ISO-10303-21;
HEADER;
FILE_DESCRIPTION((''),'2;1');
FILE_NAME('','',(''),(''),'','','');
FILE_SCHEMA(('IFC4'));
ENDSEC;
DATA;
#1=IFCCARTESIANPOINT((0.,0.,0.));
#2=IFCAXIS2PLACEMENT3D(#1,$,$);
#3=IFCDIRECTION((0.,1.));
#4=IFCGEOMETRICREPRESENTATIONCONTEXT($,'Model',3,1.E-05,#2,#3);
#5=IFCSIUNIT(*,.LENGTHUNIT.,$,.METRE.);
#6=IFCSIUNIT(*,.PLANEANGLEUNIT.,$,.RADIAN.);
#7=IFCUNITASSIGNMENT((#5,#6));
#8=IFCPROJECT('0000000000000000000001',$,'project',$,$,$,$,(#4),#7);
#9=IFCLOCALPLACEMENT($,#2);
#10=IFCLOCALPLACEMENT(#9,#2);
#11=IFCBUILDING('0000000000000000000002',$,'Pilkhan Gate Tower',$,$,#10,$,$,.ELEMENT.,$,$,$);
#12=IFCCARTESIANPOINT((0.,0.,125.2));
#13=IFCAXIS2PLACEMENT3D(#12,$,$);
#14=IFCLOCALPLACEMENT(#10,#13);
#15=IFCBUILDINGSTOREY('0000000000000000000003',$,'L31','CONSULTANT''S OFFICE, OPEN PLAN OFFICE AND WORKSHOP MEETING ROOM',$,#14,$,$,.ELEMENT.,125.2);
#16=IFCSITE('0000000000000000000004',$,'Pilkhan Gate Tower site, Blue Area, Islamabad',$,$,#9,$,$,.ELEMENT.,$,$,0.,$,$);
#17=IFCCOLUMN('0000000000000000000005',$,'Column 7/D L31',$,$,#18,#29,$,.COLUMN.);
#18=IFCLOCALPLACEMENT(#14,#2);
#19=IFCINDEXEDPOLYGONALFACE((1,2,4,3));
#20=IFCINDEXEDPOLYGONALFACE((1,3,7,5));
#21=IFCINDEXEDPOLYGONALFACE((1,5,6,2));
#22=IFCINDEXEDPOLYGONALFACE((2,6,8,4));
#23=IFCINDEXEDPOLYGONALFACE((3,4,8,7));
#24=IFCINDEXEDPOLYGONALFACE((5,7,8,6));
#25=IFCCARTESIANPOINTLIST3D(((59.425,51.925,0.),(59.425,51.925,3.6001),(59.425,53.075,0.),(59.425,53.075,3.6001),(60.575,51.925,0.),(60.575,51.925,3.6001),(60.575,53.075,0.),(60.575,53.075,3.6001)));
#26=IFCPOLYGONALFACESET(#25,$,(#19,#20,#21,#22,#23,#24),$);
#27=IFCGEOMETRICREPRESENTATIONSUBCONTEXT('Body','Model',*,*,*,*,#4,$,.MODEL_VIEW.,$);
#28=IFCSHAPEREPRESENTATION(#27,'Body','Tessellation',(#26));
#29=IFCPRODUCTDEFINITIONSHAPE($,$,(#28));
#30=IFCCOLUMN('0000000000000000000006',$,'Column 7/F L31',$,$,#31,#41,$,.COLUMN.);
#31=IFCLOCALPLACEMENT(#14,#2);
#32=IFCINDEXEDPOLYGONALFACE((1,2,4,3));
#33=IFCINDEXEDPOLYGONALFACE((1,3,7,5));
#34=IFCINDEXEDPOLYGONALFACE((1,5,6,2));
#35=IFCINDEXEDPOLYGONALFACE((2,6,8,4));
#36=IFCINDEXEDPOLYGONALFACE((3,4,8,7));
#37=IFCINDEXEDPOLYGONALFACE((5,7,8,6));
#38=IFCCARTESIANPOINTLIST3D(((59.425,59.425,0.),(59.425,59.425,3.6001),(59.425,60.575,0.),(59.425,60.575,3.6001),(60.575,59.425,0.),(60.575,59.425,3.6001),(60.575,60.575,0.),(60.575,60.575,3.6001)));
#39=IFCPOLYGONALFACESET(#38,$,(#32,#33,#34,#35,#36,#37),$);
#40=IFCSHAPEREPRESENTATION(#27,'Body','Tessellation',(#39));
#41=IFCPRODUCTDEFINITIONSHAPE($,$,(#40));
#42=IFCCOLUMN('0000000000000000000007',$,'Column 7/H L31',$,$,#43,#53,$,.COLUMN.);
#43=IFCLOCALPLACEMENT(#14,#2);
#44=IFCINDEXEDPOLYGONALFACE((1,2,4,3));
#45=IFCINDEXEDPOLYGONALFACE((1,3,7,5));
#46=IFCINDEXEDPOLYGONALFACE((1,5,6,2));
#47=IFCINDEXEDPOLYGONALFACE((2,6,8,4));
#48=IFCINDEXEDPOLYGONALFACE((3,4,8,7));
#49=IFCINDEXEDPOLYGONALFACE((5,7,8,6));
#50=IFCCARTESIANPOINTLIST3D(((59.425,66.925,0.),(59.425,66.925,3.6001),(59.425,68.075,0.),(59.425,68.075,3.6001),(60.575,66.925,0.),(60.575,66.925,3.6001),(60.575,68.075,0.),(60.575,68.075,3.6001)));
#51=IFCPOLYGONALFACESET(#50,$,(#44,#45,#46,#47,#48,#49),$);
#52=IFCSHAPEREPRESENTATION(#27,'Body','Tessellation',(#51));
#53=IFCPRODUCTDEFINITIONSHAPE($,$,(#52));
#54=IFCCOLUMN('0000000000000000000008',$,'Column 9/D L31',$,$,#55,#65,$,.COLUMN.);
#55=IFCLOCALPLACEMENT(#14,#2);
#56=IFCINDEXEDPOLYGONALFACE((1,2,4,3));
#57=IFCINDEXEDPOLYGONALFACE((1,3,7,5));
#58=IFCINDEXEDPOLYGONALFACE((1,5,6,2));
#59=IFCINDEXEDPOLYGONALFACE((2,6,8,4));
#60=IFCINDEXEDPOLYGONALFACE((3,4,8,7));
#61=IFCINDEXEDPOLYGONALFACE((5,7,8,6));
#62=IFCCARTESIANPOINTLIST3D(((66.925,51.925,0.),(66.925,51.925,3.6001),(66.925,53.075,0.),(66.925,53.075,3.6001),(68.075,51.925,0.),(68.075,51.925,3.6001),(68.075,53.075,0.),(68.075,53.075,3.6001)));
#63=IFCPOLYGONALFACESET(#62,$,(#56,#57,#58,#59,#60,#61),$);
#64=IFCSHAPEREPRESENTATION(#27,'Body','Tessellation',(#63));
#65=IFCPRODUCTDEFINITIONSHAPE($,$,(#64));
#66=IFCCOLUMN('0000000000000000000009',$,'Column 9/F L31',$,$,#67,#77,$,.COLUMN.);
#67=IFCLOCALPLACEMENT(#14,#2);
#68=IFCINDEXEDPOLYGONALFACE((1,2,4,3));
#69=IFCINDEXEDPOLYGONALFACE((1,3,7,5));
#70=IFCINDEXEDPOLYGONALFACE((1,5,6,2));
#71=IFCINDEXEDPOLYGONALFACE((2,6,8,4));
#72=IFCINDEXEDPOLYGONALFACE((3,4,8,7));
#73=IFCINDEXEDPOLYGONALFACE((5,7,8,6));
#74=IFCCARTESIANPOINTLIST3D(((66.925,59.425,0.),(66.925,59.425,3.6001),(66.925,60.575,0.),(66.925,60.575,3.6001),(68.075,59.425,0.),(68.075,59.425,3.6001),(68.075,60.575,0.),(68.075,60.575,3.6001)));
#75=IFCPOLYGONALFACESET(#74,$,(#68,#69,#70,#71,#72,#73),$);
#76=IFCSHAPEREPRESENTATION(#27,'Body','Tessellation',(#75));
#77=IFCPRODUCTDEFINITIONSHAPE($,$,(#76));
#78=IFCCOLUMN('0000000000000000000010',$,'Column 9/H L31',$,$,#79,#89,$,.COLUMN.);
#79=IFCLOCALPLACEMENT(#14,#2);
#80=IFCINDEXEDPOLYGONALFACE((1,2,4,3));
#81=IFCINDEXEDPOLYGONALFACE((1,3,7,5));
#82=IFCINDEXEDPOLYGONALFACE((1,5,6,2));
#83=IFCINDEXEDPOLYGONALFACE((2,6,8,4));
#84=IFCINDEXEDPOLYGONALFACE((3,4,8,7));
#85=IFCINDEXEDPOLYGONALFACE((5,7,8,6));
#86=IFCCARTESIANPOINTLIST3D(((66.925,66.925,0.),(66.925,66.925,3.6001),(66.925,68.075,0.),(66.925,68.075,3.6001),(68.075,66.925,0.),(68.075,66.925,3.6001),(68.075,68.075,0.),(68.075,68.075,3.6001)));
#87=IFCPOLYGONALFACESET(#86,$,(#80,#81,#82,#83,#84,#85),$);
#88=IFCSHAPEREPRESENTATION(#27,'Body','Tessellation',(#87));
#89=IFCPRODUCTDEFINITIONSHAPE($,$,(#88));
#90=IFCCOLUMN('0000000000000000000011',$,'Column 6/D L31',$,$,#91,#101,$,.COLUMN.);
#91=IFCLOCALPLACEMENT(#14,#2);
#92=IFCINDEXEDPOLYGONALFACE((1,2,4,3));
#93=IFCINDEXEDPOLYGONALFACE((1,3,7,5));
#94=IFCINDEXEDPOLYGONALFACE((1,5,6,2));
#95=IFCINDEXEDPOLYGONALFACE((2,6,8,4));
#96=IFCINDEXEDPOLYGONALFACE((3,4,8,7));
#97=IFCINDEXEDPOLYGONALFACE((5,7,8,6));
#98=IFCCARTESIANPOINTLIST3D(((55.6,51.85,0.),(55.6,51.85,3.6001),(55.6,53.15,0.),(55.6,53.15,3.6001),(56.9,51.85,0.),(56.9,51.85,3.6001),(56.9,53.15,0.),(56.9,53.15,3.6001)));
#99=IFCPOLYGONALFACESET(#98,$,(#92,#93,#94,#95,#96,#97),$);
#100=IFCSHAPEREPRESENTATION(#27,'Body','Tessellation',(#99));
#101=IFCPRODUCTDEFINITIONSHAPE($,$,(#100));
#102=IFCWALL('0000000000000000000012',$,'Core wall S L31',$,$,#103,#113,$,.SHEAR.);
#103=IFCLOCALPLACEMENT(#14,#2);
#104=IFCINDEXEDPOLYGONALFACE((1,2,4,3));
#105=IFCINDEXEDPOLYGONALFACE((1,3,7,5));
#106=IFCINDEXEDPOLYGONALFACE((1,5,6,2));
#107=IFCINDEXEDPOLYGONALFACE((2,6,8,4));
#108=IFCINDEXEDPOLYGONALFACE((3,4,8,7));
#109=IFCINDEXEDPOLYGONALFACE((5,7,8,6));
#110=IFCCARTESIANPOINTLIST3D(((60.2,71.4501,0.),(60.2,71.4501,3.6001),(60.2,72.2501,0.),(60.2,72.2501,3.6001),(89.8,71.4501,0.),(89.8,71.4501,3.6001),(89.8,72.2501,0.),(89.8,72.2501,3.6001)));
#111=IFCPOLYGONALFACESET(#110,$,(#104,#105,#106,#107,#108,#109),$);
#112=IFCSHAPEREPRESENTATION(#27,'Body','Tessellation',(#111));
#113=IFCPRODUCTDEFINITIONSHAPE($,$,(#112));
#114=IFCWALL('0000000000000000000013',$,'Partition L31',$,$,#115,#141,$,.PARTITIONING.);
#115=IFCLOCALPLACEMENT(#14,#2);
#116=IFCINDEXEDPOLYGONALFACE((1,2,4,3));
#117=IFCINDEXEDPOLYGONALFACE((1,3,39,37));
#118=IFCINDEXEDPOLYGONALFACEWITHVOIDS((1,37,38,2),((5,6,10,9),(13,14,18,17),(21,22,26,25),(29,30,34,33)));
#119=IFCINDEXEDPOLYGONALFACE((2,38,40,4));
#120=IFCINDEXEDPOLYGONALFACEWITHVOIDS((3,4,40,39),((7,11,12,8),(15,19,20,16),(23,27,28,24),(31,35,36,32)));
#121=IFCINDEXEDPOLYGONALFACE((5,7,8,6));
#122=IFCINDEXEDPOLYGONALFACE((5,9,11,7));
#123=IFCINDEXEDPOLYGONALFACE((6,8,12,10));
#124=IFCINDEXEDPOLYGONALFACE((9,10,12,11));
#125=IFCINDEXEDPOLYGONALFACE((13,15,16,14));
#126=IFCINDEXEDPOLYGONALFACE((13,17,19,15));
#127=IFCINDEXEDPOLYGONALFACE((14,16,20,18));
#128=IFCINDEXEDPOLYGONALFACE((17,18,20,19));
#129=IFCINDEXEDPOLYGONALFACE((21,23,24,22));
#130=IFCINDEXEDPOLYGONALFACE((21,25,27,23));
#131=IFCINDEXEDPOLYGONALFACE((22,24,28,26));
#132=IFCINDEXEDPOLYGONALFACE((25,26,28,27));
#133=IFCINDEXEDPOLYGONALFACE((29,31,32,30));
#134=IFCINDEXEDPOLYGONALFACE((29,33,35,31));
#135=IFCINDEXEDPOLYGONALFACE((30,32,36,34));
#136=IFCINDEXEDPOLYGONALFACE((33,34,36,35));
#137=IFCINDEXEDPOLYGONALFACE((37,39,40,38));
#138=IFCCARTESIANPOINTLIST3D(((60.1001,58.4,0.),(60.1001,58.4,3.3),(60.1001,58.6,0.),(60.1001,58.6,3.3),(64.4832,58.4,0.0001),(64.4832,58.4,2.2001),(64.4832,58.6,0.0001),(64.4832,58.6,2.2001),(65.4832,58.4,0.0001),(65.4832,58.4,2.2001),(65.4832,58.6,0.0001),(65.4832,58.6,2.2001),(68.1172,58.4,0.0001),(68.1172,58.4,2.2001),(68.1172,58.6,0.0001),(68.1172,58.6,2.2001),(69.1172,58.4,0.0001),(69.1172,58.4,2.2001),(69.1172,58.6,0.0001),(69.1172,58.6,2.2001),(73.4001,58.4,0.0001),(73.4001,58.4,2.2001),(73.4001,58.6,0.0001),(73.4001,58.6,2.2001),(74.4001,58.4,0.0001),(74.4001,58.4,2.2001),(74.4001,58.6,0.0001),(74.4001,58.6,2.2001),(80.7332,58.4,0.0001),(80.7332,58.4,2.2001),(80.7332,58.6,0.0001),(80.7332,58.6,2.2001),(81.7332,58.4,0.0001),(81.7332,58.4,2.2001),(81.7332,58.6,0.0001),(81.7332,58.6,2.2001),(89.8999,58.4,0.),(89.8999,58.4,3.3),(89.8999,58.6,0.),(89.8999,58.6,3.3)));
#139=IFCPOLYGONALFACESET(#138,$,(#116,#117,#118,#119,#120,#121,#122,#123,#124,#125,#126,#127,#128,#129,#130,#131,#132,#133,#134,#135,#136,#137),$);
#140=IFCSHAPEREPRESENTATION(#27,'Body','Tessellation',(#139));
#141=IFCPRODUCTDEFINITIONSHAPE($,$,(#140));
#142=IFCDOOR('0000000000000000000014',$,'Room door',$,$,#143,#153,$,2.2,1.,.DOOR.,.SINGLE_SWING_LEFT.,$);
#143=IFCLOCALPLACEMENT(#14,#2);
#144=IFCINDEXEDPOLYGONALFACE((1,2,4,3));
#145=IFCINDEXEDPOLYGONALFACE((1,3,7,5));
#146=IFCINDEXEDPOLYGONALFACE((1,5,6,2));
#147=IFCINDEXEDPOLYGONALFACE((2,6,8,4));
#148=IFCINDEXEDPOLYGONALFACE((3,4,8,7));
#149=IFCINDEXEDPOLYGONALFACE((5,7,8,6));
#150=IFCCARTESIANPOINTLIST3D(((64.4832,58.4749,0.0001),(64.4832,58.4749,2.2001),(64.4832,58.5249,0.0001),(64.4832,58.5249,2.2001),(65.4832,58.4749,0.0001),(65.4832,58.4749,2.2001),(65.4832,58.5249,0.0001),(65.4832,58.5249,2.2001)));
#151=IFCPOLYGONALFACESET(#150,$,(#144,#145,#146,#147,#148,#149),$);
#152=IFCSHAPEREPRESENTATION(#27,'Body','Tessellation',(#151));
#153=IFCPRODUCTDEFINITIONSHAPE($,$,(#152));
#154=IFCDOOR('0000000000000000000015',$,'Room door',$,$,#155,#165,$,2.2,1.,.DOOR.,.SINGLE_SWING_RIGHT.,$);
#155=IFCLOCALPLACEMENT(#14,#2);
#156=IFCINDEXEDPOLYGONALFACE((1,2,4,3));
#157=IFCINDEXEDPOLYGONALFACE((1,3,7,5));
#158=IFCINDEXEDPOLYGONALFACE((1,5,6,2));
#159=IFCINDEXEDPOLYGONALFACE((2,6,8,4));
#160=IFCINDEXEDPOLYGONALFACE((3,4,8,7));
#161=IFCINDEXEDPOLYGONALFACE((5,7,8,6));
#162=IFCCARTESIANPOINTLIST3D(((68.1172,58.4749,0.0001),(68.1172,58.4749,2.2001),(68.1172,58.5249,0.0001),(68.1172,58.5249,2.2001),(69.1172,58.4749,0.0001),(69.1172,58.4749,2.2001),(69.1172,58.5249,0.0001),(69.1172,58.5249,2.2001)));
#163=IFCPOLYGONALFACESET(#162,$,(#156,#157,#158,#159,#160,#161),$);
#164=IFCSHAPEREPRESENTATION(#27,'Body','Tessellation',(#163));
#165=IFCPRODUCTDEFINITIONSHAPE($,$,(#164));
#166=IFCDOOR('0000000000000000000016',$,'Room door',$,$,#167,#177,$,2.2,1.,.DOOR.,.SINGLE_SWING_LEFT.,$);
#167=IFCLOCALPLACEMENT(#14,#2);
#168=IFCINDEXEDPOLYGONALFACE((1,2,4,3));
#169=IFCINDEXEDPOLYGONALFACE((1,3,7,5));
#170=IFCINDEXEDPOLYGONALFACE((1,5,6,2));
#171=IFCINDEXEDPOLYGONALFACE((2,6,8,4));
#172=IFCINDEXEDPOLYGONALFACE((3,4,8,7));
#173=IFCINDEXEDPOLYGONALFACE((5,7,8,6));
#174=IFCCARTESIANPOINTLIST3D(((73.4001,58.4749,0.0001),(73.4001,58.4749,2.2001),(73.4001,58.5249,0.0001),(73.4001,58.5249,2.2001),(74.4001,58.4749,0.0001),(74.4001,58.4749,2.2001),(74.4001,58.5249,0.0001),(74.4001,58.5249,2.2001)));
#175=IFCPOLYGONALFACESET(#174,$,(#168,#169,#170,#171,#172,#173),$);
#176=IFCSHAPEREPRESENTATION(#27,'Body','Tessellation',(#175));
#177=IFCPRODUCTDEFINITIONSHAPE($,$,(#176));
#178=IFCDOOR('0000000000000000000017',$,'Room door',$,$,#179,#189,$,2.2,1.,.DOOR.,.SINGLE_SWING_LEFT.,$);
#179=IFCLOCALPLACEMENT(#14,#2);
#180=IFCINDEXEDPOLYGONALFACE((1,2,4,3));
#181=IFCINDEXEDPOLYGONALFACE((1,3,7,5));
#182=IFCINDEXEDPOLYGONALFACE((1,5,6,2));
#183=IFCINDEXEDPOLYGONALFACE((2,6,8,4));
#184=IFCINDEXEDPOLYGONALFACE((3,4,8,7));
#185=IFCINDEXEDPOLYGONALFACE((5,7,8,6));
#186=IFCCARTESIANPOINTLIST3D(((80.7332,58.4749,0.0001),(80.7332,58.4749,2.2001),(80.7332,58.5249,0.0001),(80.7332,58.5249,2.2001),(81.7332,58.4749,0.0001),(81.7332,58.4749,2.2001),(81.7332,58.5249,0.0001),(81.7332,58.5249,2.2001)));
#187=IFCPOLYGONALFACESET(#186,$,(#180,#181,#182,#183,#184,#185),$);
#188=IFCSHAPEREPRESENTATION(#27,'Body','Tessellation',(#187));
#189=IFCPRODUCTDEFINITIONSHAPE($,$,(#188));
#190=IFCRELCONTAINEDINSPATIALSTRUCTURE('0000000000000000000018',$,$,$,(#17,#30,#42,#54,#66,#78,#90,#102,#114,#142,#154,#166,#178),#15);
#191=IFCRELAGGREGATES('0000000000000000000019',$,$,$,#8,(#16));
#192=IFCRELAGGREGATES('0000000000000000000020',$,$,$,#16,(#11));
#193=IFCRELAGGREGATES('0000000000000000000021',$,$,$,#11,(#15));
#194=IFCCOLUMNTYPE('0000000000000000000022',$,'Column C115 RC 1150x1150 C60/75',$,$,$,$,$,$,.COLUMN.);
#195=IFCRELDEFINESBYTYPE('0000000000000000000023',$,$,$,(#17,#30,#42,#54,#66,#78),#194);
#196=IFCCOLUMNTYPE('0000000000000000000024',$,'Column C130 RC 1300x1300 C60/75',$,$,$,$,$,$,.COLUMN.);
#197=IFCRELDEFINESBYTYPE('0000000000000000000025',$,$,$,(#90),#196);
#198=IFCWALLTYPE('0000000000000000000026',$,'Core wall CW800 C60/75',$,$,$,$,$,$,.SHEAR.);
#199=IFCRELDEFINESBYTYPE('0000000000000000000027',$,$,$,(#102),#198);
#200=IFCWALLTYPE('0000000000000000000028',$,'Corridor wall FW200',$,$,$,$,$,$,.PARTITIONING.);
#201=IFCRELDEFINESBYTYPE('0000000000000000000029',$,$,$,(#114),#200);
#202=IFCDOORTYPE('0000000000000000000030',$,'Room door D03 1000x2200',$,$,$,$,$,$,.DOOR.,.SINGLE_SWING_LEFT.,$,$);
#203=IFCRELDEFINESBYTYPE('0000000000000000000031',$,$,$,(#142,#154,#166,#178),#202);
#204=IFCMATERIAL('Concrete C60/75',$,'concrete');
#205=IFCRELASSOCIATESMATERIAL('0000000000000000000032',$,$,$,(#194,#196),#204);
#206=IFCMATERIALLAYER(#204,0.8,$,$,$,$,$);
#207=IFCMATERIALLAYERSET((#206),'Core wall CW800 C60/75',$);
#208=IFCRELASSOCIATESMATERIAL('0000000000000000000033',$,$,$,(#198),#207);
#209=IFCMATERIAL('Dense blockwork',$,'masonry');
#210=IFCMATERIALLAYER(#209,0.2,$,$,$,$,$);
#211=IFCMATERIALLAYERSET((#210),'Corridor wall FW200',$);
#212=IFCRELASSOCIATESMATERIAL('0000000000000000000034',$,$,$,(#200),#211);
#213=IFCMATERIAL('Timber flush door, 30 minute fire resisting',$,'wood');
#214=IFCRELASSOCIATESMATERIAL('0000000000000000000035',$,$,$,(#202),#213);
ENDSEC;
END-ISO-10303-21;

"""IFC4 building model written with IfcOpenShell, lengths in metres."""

from ifc_helpers import new_model, si_unit, direction, frame, frame_2d, origin, origin_2d, place, context, subcontext, project, spatial, rectangle, extrude, material, layer, layer_set, material_profile, profile_set, type_object, element, fill, save


model = new_model("IFC4")

# Units and contexts
model_context = context("Model", 3, precision=1e-05, world=origin(), true_north=direction((0.0, 1.0)))
body_context = subcontext(model_context, "Body", "Model", "MODEL_VIEW")
ifc_project = project(units=[si_unit("LENGTHUNIT", "METRE"), si_unit("PLANEANGLEUNIT", "RADIAN")], contexts=[model_context])

# Site, building, storey
site_placement = place(None, origin())
site = spatial("IfcSite", under=ifc_project, at=site_placement, Name="Pilkhan Gate Tower site, Blue Area, Islamabad", CompositionType="ELEMENT", RefElevation=0.0)
building_placement = place(site_placement, origin())
building = spatial("IfcBuilding", under=site, at=building_placement, Name="Pilkhan Gate Tower", CompositionType="ELEMENT")
storey_placement = place(building_placement, frame((0.0, 0.0, 125.2)))
storey = spatial("IfcBuildingStorey", under=building, at=storey_placement, Name="L31", Description="CONSULTANT'S OFFICE, OPEN PLAN OFFICE AND WORKSHOP MEETING ROOM", CompositionType="ELEMENT", Elevation=125.2)

# Columns
ifc_material_1 = material(Name="Concrete C60/75", Category="concrete")
ifc_material_profile_1 = material_profile(ifc_material_1, rectangle(XDim=1.1499, YDim=1.1499, at=origin_2d()), Name="RC 1150x1150")
ifc_profile_set_1 = profile_set([ifc_material_profile_1], Name="Concrete C60/75")
column_type_1 = type_object("IfcColumnType", Name="Column C115 RC 1150x1150 C60/75", PredefinedType="COLUMN", material=ifc_profile_set_1)
for number, where, z_axis, x_axis, name in (
    (1, (60.0, 52.5, 0.0), (0.0, 0.0, 1.0), (1.0, 0.0, 0.0), "Column 7/D L31"),
    (2, (60.0, 60.0, 0.0), (0.0, 0.0, 1.0), (1.0, 0.0, 0.0), "Column 7/F L31"),
    (3, (60.0, 67.5, 0.0), (0.0, 0.0, 1.0), (1.0, 0.0, 0.0), "Column 7/H L31"),
    (4, (67.5, 52.5, 0.0), (0.0, 0.0, 1.0), (1.0, 0.0, 0.0), "Column 9/D L31"),
    (5, (67.5, 60.0, 0.0), (0.0, 0.0, 1.0), (1.0, 0.0, 0.0), "Column 9/F L31"),
    (6, (67.5, 67.5, 0.0), (0.0, 0.0, 1.0), (1.0, 0.0, 0.0), "Column 9/H L31"),
):
    element("IfcColumn", number, at=place(storey_placement, frame(where, z_axis=z_axis, x_axis=x_axis)), inside=storey, type_object=column_type_1, Name=name, PredefinedType="COLUMN", context=body_context, shape_type="SweptSolid", body=[
        extrude(rectangle(XDim=1.1499, YDim=1.1499, at=origin_2d()), origin(), (0.0, 0.0, 1.0), 3.6001),
    ])
ifc_material_profile_2 = material_profile(ifc_material_1, rectangle(XDim=1.3, YDim=1.3, at=origin_2d()), Name="RC 1300x1300")
ifc_profile_set_2 = profile_set([ifc_material_profile_2], Name="Concrete C60/75")
column_type_2 = type_object("IfcColumnType", Name="Column C130 RC 1300x1300 C60/75", PredefinedType="COLUMN", material=ifc_profile_set_2)
column_placement = place(storey_placement, frame((56.25, 52.5, 0.0), z_axis=(0.0, 0.0, 1.0), x_axis=(1.0, 0.0, 0.0)))
element("IfcColumn", 7, at=column_placement, inside=storey, type_object=column_type_2, Name="Column 6/D L31", PredefinedType="COLUMN", context=body_context, shape_type="SweptSolid", body=[
    extrude(rectangle(XDim=1.3, YDim=1.3, at=origin_2d()), origin(), (0.0, 0.0, 1.0), 3.6001),
])

# Wall
ifc_layer_1 = layer(ifc_material_1, 0.8)
ifc_layer_set_1 = layer_set([ifc_layer_1], Name="Core wall CW800 C60/75")
wall_type_1 = type_object("IfcWallType", Name="Core wall CW800 C60/75", PredefinedType="SHEAR", material=ifc_layer_set_1)
wall_1_placement = place(storey_placement, frame((60.2, 71.8501, 0.0), z_axis=(0.0, 0.0, 1.0), x_axis=(1.0, 0.0, 0.0)))
element("IfcWall", 8, at=wall_1_placement, inside=storey, type_object=wall_type_1, Name="Core wall S L31", PredefinedType="SHEAR", context=body_context, shape_type="SweptSolid", body=[
    extrude(rectangle(XDim=29.6001, YDim=0.8, at=frame_2d((14.8, 0.0))), origin(), (0.0, 0.0, 1.0), 3.6001),
])

# Wall, openings, doors
ifc_material_2 = material(Name="Dense blockwork", Category="masonry")
ifc_layer_2 = layer(ifc_material_2, 0.2)
ifc_layer_set_2 = layer_set([ifc_layer_2], Name="Corridor wall FW200")
wall_type_2 = type_object("IfcWallType", Name="Corridor wall FW200", PredefinedType="PARTITIONING", material=ifc_layer_set_2)
wall_2_placement = place(storey_placement, frame((60.1001, 58.5, 0.0), z_axis=(0.0, 0.0, 1.0), x_axis=(1.0, 0.0, 0.0)))
wall_2 = element("IfcWall", 9, at=wall_2_placement, inside=storey, type_object=wall_type_2, Name="Partition L31", PredefinedType="PARTITIONING", context=body_context, shape_type="SweptSolid", body=[
    extrude(rectangle(XDim=29.7998, YDim=0.2, at=frame_2d((14.8999, 0.0))), origin(), (0.0, 0.0, 1.0), 3.3),
])
opening_1_placement = place(wall_2_placement, frame((4.3831, 0.0, 0.0)))
opening_1 = element("IfcOpeningElement", 10, at=opening_1_placement, cuts=wall_2, PredefinedType="OPENING", context=body_context, shape_type="SweptSolid", body=[
    extrude(rectangle(XDim=1.0, YDim=2.2, at=frame_2d((0.5, 1.1001))), frame((0.0, 0.1099, 0.0), z_axis=(0.0, -1.0, 0.0), x_axis=(1.0, 0.0, 0.0)), (0.0, 0.0, 1.0), 0.22),
])
opening_2_placement = place(wall_2_placement, frame((8.0171, 0.0, 0.0)))
opening_2 = element("IfcOpeningElement", 11, at=opening_2_placement, cuts=wall_2, PredefinedType="OPENING", context=body_context, shape_type="SweptSolid", body=[
    extrude(rectangle(XDim=1.0, YDim=2.2, at=frame_2d((0.5, 1.1001))), frame((0.0, 0.1099, 0.0), z_axis=(0.0, -1.0, 0.0), x_axis=(1.0, 0.0, 0.0)), (0.0, 0.0, 1.0), 0.22),
])
opening_3_placement = place(wall_2_placement, frame((13.3, 0.0, 0.0)))
opening_3 = element("IfcOpeningElement", 12, at=opening_3_placement, cuts=wall_2, PredefinedType="OPENING", context=body_context, shape_type="SweptSolid", body=[
    extrude(rectangle(XDim=1.0, YDim=2.2, at=frame_2d((0.5, 1.1001))), frame((0.0, 0.1099, 0.0), z_axis=(0.0, -1.0, 0.0), x_axis=(1.0, 0.0, 0.0)), (0.0, 0.0, 1.0), 0.22),
])
opening_4_placement = place(wall_2_placement, frame((20.6331, 0.0, 0.0)))
opening_4 = element("IfcOpeningElement", 13, at=opening_4_placement, cuts=wall_2, PredefinedType="OPENING", context=body_context, shape_type="SweptSolid", body=[
    extrude(rectangle(XDim=1.0, YDim=2.2, at=frame_2d((0.5, 1.1001))), frame((0.0, 0.1099, 0.0), z_axis=(0.0, -1.0, 0.0), x_axis=(1.0, 0.0, 0.0)), (0.0, 0.0, 1.0), 0.22),
])
ifc_material_3 = material(Name="Timber flush door, 30 minute fire resisting", Category="wood")
door_type_1 = type_object("IfcDoorType", Name="Room door D03 1000x2200", OperationType="SINGLE_SWING_LEFT", PredefinedType="DOOR", material=ifc_material_3)
door_1_placement = place(opening_1_placement, origin())
door_1 = element("IfcDoor", 14, at=door_1_placement, inside=storey, type_object=door_type_1, Name="Room door", OperationType="SINGLE_SWING_LEFT", OverallHeight=2.2, OverallWidth=1.0, PredefinedType="DOOR", context=body_context, shape_type="SweptSolid", body=[
    extrude(rectangle(XDim=1.0, YDim=2.2, at=frame_2d((0.5, 1.1001))), frame((0.0, 0.0249, 0.0), z_axis=(0.0, -1.0, 0.0), x_axis=(1.0, 0.0, 0.0)), (0.0, 0.0, 1.0), 0.05),
])
fill(opening_1, door_1)
door_2_placement = place(opening_2_placement, origin())
door_2 = element("IfcDoor", 15, at=door_2_placement, inside=storey, type_object=door_type_1, Name="Room door", OperationType="SINGLE_SWING_RIGHT", OverallHeight=2.2, OverallWidth=1.0, PredefinedType="DOOR", context=body_context, shape_type="SweptSolid", body=[
    extrude(rectangle(XDim=1.0, YDim=2.2, at=frame_2d((0.5, 1.1001))), frame((0.0, 0.0249, 0.0), z_axis=(0.0, -1.0, 0.0), x_axis=(1.0, 0.0, 0.0)), (0.0, 0.0, 1.0), 0.05),
])
fill(opening_2, door_2)
door_3_placement = place(opening_3_placement, origin())
door_3 = element("IfcDoor", 16, at=door_3_placement, inside=storey, type_object=door_type_1, Name="Room door", OperationType="SINGLE_SWING_LEFT", OverallHeight=2.2, OverallWidth=1.0, PredefinedType="DOOR", context=body_context, shape_type="SweptSolid", body=[
    extrude(rectangle(XDim=1.0, YDim=2.2, at=frame_2d((0.5, 1.1001))), frame((0.0, 0.0249, 0.0), z_axis=(0.0, -1.0, 0.0), x_axis=(1.0, 0.0, 0.0)), (0.0, 0.0, 1.0), 0.05),
])
fill(opening_3, door_3)
door_4_placement = place(opening_4_placement, origin())
door_4 = element("IfcDoor", 17, at=door_4_placement, inside=storey, type_object=door_type_1, Name="Room door", OperationType="SINGLE_SWING_LEFT", OverallHeight=2.2, OverallWidth=1.0, PredefinedType="DOOR", context=body_context, shape_type="SweptSolid", body=[
    extrude(rectangle(XDim=1.0, YDim=2.2, at=frame_2d((0.5, 1.1001))), frame((0.0, 0.0249, 0.0), z_axis=(0.0, -1.0, 0.0), x_axis=(1.0, 0.0, 0.0)), (0.0, 0.0, 1.0), 0.05),
])
fill(opening_4, door_4)

save(model, "model.ifc")
